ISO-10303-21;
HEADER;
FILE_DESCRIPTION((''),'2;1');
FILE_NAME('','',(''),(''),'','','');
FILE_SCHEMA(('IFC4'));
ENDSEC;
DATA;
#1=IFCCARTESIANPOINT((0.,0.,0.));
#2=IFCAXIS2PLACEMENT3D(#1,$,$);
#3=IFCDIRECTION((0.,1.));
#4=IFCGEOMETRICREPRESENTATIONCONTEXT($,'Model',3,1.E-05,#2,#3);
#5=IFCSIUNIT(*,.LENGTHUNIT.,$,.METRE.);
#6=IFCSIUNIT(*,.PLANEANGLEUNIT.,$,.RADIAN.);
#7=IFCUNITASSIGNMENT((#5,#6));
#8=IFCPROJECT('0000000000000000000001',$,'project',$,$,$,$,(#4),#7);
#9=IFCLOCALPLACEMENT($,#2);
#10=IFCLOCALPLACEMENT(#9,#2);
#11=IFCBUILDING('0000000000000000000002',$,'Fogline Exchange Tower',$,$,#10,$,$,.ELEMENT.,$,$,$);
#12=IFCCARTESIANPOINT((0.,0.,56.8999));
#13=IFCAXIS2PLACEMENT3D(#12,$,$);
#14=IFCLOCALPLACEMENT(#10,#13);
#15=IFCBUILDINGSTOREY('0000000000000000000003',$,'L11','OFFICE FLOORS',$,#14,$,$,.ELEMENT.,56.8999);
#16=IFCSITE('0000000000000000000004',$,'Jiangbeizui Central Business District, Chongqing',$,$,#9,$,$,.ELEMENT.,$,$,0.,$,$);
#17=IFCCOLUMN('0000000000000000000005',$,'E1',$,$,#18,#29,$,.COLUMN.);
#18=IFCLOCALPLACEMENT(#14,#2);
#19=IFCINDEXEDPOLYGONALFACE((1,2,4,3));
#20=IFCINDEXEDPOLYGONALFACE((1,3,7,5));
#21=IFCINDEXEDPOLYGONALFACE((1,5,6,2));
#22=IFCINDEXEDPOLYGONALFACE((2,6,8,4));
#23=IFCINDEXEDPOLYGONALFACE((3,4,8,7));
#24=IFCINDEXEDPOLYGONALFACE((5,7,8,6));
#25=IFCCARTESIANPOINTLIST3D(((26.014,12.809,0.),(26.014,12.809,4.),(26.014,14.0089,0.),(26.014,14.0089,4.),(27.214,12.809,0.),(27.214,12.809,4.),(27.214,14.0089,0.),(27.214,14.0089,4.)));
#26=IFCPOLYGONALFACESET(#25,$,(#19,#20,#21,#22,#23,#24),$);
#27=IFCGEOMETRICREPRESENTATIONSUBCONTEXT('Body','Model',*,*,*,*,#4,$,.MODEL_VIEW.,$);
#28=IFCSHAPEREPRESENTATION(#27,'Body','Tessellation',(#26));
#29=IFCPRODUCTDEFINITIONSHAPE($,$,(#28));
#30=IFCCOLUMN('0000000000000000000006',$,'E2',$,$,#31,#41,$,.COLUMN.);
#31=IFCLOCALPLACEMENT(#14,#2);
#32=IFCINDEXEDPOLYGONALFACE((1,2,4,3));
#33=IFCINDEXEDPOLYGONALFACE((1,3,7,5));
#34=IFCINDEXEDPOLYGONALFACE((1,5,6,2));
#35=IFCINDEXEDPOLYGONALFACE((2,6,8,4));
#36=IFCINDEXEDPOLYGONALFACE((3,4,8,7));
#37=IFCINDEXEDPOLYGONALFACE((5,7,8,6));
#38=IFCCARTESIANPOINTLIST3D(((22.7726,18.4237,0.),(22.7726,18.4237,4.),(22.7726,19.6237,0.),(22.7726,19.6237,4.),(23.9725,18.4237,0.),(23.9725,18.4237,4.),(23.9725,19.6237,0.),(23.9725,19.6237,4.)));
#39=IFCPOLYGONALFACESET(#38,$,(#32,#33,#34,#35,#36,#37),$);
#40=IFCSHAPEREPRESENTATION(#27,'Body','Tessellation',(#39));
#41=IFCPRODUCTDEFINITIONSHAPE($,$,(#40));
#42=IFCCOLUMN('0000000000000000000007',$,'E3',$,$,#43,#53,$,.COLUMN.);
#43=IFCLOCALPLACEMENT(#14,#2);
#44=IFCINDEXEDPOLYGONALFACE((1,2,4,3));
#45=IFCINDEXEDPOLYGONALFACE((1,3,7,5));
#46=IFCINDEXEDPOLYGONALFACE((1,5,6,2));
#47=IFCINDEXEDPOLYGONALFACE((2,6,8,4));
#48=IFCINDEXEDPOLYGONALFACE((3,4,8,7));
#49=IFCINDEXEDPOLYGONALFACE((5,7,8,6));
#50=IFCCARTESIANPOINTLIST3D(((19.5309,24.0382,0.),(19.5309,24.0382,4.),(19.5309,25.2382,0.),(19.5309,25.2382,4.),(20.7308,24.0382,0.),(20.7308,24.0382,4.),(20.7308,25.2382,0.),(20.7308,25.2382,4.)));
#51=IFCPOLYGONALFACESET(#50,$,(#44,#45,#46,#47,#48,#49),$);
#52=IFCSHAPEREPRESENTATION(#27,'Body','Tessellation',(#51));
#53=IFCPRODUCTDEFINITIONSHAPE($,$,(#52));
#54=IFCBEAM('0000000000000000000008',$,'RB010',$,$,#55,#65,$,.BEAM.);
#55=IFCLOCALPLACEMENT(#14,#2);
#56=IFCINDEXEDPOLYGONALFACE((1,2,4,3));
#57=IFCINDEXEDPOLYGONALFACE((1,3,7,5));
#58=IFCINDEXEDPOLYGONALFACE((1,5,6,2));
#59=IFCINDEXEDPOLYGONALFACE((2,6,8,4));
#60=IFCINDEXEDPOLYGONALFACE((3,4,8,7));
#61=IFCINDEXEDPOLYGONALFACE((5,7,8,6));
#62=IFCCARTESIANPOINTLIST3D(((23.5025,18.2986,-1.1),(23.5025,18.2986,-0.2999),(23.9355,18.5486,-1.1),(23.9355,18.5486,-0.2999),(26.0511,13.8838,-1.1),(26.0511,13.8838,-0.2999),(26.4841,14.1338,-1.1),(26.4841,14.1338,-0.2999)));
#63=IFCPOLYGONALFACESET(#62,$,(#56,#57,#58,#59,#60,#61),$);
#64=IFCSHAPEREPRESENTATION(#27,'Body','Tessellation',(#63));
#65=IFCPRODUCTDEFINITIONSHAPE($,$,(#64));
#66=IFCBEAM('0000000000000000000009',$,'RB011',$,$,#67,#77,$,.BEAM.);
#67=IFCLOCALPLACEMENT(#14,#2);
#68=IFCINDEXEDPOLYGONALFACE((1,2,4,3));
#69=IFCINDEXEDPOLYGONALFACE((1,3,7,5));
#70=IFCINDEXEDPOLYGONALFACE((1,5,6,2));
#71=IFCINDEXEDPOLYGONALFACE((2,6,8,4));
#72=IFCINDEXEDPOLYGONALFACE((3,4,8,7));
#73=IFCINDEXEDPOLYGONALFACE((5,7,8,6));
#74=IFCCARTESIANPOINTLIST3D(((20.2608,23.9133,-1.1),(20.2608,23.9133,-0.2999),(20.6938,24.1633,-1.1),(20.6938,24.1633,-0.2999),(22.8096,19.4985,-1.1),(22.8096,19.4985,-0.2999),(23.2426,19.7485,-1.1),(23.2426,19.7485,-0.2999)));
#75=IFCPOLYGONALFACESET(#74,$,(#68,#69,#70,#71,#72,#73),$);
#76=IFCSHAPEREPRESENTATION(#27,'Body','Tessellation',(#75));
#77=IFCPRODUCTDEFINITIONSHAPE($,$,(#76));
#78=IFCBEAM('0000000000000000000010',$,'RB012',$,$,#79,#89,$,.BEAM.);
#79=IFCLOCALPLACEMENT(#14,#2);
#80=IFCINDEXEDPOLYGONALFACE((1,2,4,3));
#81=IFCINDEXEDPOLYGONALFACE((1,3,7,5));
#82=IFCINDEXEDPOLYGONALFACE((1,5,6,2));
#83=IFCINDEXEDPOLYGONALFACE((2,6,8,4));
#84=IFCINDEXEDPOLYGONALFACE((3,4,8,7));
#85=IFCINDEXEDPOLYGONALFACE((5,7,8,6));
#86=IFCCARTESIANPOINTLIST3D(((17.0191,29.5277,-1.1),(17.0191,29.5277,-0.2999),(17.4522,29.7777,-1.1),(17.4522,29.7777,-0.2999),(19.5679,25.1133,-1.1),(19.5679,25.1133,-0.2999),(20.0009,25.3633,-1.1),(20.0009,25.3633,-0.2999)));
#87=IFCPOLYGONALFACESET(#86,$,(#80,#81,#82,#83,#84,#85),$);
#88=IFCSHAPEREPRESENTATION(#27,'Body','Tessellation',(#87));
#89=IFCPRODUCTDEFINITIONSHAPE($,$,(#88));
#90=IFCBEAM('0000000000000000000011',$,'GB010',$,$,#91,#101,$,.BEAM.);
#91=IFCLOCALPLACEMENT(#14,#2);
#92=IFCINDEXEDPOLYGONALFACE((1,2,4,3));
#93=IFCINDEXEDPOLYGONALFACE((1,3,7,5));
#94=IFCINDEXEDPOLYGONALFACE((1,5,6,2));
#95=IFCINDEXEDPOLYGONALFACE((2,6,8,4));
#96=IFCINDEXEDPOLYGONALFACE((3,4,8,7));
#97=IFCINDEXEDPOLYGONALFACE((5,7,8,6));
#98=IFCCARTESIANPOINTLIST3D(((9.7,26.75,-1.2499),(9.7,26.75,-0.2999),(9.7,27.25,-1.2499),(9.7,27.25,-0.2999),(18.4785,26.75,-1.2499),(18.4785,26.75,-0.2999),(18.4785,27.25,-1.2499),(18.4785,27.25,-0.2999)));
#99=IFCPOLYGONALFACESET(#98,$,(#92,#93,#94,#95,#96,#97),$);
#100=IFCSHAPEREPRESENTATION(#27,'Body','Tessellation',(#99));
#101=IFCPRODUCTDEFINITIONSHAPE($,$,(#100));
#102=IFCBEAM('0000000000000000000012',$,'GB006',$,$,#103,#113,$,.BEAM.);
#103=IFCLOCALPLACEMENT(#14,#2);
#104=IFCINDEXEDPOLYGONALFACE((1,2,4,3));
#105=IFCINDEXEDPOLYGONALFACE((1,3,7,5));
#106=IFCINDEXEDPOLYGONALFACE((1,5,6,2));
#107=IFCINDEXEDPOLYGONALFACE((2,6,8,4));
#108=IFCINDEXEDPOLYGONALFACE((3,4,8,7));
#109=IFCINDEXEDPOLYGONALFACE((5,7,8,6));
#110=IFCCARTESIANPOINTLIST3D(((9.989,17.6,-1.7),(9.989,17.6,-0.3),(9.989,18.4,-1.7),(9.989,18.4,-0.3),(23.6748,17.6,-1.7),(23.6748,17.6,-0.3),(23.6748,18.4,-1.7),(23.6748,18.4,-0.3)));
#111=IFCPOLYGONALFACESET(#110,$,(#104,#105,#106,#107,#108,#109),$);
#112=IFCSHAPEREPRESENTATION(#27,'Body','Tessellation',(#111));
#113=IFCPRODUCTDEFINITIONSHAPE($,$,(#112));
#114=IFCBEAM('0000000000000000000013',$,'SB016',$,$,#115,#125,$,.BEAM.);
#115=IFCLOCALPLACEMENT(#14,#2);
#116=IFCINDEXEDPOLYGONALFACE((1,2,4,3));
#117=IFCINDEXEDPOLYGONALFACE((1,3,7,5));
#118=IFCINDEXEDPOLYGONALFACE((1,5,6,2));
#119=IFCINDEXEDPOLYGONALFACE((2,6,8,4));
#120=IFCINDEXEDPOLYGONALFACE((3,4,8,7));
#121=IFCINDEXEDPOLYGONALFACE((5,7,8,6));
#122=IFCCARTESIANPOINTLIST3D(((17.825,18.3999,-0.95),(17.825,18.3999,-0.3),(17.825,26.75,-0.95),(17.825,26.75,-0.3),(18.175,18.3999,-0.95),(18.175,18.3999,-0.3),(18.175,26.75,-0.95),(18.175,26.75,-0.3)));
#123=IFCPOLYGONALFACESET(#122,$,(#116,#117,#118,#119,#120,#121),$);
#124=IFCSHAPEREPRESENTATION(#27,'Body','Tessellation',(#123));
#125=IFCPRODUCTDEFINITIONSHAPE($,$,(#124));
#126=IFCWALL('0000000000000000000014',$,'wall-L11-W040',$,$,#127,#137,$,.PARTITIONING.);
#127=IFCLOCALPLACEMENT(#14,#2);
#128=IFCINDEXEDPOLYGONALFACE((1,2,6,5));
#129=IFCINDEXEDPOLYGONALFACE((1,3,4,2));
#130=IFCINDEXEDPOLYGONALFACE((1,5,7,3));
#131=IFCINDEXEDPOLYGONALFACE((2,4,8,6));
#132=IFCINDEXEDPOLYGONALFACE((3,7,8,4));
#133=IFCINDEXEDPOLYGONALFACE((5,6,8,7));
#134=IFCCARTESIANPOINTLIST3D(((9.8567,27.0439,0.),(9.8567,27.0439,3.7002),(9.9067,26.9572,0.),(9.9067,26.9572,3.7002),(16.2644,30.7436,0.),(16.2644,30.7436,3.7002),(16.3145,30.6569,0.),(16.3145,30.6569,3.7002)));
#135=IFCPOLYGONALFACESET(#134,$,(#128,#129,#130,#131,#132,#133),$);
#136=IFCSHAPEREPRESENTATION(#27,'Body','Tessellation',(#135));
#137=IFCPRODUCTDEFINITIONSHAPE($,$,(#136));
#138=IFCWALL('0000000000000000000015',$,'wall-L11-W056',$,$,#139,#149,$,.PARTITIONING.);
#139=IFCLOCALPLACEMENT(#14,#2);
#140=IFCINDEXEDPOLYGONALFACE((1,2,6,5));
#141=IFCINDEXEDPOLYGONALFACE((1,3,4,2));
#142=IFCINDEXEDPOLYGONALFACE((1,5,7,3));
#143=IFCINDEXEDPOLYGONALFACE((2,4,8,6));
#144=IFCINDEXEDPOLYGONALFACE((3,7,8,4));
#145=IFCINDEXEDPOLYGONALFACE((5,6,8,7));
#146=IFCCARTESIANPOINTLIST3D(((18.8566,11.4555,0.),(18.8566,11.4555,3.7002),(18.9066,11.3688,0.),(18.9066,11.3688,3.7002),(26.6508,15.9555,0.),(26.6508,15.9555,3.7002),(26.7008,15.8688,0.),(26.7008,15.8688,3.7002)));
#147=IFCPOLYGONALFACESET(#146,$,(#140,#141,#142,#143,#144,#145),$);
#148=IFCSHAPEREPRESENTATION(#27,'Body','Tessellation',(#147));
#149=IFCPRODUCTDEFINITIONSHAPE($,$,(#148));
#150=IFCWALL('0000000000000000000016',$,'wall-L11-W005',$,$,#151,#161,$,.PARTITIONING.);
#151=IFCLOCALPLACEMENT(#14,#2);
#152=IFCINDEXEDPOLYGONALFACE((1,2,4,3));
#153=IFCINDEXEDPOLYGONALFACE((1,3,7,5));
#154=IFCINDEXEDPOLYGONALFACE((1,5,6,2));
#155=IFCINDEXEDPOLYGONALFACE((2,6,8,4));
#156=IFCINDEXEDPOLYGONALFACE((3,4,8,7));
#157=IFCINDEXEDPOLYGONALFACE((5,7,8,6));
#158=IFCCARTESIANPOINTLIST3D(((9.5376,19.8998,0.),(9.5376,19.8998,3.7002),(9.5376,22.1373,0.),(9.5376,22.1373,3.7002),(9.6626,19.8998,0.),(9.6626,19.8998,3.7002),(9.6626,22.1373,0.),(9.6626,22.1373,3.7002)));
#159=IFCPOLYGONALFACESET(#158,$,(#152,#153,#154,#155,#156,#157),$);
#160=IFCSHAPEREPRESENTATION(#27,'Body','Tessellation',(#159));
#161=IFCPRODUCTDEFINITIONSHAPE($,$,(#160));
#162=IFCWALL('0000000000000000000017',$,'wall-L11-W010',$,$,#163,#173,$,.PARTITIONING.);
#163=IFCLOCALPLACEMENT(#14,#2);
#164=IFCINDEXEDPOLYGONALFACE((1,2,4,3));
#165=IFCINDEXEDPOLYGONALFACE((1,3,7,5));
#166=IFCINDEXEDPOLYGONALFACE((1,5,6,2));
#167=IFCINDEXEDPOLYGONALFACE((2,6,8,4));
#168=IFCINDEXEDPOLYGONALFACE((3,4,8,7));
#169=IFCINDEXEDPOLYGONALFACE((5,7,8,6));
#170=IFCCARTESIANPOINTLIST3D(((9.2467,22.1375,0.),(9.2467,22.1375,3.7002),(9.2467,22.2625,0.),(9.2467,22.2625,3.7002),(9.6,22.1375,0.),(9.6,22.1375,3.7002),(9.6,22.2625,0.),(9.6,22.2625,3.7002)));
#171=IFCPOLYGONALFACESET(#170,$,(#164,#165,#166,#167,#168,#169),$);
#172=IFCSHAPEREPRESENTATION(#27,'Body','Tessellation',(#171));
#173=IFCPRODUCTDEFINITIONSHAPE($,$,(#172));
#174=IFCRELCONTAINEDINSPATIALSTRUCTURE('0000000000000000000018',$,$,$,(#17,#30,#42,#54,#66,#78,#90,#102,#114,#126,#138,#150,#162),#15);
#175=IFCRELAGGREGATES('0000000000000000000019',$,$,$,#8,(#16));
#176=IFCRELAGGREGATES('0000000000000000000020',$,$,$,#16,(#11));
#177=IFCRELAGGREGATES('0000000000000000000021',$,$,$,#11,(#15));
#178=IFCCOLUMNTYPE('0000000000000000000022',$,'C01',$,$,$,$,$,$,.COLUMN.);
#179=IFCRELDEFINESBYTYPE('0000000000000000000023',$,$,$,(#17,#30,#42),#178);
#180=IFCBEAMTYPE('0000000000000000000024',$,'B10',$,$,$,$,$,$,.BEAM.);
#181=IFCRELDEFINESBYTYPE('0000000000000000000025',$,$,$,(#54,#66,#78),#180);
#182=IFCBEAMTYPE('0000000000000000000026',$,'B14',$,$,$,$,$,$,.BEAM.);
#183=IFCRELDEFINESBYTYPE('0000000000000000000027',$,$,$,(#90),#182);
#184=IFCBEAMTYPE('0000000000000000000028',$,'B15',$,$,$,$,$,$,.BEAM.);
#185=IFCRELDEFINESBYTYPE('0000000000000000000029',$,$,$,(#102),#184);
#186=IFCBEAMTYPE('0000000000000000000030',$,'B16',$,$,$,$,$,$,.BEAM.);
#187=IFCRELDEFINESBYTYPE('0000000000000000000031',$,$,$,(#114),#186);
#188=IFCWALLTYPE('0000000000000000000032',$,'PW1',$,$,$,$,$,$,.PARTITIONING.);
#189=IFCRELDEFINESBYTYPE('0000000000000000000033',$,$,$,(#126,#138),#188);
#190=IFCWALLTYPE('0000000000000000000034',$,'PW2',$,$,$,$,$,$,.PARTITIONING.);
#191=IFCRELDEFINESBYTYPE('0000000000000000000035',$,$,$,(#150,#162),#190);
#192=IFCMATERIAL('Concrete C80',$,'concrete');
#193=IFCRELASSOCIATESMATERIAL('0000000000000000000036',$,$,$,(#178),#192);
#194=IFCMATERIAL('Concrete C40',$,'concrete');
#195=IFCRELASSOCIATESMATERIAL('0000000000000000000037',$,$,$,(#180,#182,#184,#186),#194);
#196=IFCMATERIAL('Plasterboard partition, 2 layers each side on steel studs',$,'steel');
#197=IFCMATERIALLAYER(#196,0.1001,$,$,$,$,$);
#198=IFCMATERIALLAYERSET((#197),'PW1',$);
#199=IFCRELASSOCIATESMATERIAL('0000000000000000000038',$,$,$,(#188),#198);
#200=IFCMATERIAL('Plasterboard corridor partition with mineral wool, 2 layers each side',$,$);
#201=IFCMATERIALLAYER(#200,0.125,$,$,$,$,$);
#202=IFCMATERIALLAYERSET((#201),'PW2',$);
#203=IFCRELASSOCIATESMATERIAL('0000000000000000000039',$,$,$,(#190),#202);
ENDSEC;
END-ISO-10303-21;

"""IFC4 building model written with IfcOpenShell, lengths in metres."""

from ifc_helpers import new_model, si_unit, direction, frame, frame_2d, origin, origin_2d, place, context, subcontext, project, spatial, rectangle, extrude, material, layer, layer_set, material_profile, profile_set, type_object, element, save


model = new_model("IFC4")

# Units and contexts
model_context = context("Model", 3, precision=1e-05, world=origin(), true_north=direction((0.0, 1.0)))
body_context = subcontext(model_context, "Body", "Model", "MODEL_VIEW")
ifc_project = project(units=[si_unit("LENGTHUNIT", "METRE"), si_unit("PLANEANGLEUNIT", "RADIAN")], contexts=[model_context])

# Site, building, storey
site_placement = place(None, origin())
site = spatial("IfcSite", under=ifc_project, at=site_placement, Name="Jiangbeizui Central Business District, Chongqing", CompositionType="ELEMENT", RefElevation=0.0)
building_placement = place(site_placement, origin())
building = spatial("IfcBuilding", under=site, at=building_placement, Name="Fogline Exchange Tower", CompositionType="ELEMENT")
storey_placement = place(building_placement, frame((0.0, 0.0, 56.8999)))
storey = spatial("IfcBuildingStorey", under=building, at=storey_placement, Name="L11", Description="OFFICE FLOORS", CompositionType="ELEMENT", Elevation=56.8999)

# Columns
ifc_material_1 = material(Name="Concrete C80", Category="concrete")
ifc_material_profile_1 = material_profile(ifc_material_1, rectangle(XDim=1.2, YDim=1.2, at=origin_2d()), Name="RC 1200x1200")
ifc_profile_set_1 = profile_set([ifc_material_profile_1], Name="Concrete C80")
column_type = type_object("IfcColumnType", Name="C01", PredefinedType="COLUMN", material=ifc_profile_set_1)
for number, where, z_axis, x_axis, name in (
    (1, (26.614, 13.4089, 0.0), (0.0, 0.0, 1.0), (1.0, 0.0, 0.0), "E1"),
    (2, (23.3726, 19.0237, 0.0), (0.0, 0.0, 1.0), (1.0, 0.0, 0.0), "E2"),
    (3, (20.1309, 24.6382, 0.0), (0.0, 0.0, 1.0), (1.0, 0.0, 0.0), "E3"),
):
    element("IfcColumn", number, at=place(storey_placement, frame(where, z_axis=z_axis, x_axis=x_axis)), inside=storey, type_object=column_type, Name=name, PredefinedType="COLUMN", context=body_context, shape_type="SweptSolid", body=[
        extrude(rectangle(XDim=1.2, YDim=1.2, at=origin_2d()), origin(), (0.0, 0.0, 1.0), 4.0),
    ])

# Beams
ifc_material_2 = material(Name="Concrete C40", Category="concrete")
ifc_material_profile_2 = material_profile(ifc_material_2, rectangle(XDim=0.5, YDim=0.8, at=origin_2d()), Name="RC 500x800")
ifc_profile_set_2 = profile_set([ifc_material_profile_2], Name="Concrete C40")
beam_type_1 = type_object("IfcBeamType", Name="B10", PredefinedType="BEAM", material=ifc_profile_set_2)
for number, where, z_axis, x_axis, name in (
    (4, (26.2676, 14.0088, -0.7), (-0.499956, 0.866051, 0.0), (-0.866051, -0.499956, 0.0), "RB010"),
    (5, (23.0261, 19.6235, -0.7), (-0.499992, 0.86603, 0.0), (-0.86603, -0.499992, 0.0), "RB011"),
):
    element("IfcBeam", number, at=place(storey_placement, frame(where, z_axis=z_axis, x_axis=x_axis)), inside=storey, type_object=beam_type_1, Name=name, PredefinedType="BEAM", context=body_context, shape_type="SweptSolid", body=[
        extrude(rectangle(XDim=0.5, YDim=0.8, at=origin_2d()), origin(), (0.0, 0.0, 1.0), 5.0977),
    ])
beam_1_placement = place(storey_placement, frame((19.7844, 25.2383, -0.7), z_axis=(-0.500013, 0.866018, 0.0), x_axis=(-0.866018, -0.500013, 0.0)))
element("IfcBeam", 6, at=beam_1_placement, inside=storey, type_object=beam_type_1, Name="RB012", PredefinedType="BEAM", context=body_context, shape_type="SweptSolid", body=[
    extrude(rectangle(XDim=0.5, YDim=0.8, at=origin_2d()), origin(), (0.0, 0.0, 1.0), 5.0974),
])
ifc_material_profile_3 = material_profile(ifc_material_2, rectangle(XDim=0.5, YDim=0.95, at=origin_2d()), Name="RC 500x950")
ifc_profile_set_3 = profile_set([ifc_material_profile_3], Name="Concrete C40")
beam_type_2 = type_object("IfcBeamType", Name="B14", PredefinedType="BEAM", material=ifc_profile_set_3)
beam_2_placement = place(storey_placement, frame((9.7, 27.0, -0.7749), z_axis=(1.0, 0.0, 0.0), x_axis=(0.0, 1.0, 0.0)))
element("IfcBeam", 7, at=beam_2_placement, inside=storey, type_object=beam_type_2, Name="GB010", PredefinedType="BEAM", context=body_context, shape_type="SweptSolid", body=[
    extrude(rectangle(XDim=0.5, YDim=0.95, at=origin_2d()), origin(), (0.0, 0.0, 1.0), 8.7786),
])
ifc_material_profile_4 = material_profile(ifc_material_2, rectangle(XDim=0.8, YDim=1.3999, at=origin_2d()), Name="RC 800x1400")
ifc_profile_set_4 = profile_set([ifc_material_profile_4], Name="Concrete C40")
beam_type_3 = type_object("IfcBeamType", Name="B15", PredefinedType="BEAM", material=ifc_profile_set_4)
beam_3_placement = place(storey_placement, frame((9.989, 18.0, -1.0), z_axis=(1.0, 0.0, 0.0), x_axis=(0.0, 1.0, 0.0)))
element("IfcBeam", 8, at=beam_3_placement, inside=storey, type_object=beam_type_3, Name="GB006", PredefinedType="BEAM", context=body_context, shape_type="SweptSolid", body=[
    extrude(rectangle(XDim=0.8, YDim=1.3999, at=origin_2d()), origin(), (0.0, 0.0, 1.0), 13.6858),
])
ifc_material_profile_5 = material_profile(ifc_material_2, rectangle(XDim=0.3501, YDim=0.6499, at=origin_2d()), Name="RC 350x650")
ifc_profile_set_5 = profile_set([ifc_material_profile_5], Name="Concrete C40")
beam_type_4 = type_object("IfcBeamType", Name="B16", PredefinedType="BEAM", material=ifc_profile_set_5)
beam_4_placement = place(storey_placement, frame((18.0, 18.3999, -0.625), z_axis=(0.0, 1.0, 0.0), x_axis=(-1.0, 0.0, 0.0)))
element("IfcBeam", 9, at=beam_4_placement, inside=storey, type_object=beam_type_4, Name="SB016", PredefinedType="BEAM", context=body_context, shape_type="SweptSolid", body=[
    extrude(rectangle(XDim=0.3501, YDim=0.6499, at=origin_2d()), origin(), (0.0, 0.0, 1.0), 8.3501),
])

# Walls
ifc_material_3 = material(Name="Plasterboard partition, 2 layers each side on steel studs", Category="steel")
ifc_layer_1 = layer(ifc_material_3, 0.1001)
ifc_layer_set_1 = layer_set([ifc_layer_1], Name="PW1")
wall_type_1 = type_object("IfcWallType", Name="PW1", PredefinedType="PARTITIONING", material=ifc_layer_set_1)
wall_1_placement = place(storey_placement, frame((9.8816, 27.0005, 0.0), z_axis=(0.0, 0.0, 1.0), x_axis=(0.866013, 0.500021, 0.0)))
element("IfcWall", 10, at=wall_1_placement, inside=storey, type_object=wall_type_1, Name="wall-L11-W040", PredefinedType="PARTITIONING", context=body_context, shape_type="SweptSolid", body=[
    extrude(rectangle(XDim=7.3992, YDim=0.1001, at=frame_2d((3.6997, 0.0))), origin(), (0.0, 0.0, 1.0), 3.7002),
])
wall_2_placement = place(storey_placement, frame((18.8816, 11.4121, 0.0), z_axis=(0.0, 0.0, 1.0), x_axis=(0.866024, 0.500002, 0.0)))
element("IfcWall", 11, at=wall_2_placement, inside=storey, type_object=wall_type_1, Name="wall-L11-W056", PredefinedType="PARTITIONING", context=body_context, shape_type="SweptSolid", body=[
    extrude(rectangle(XDim=9.0, YDim=0.1001, at=frame_2d((4.5, 0.0))), origin(), (0.0, 0.0, 1.0), 3.7002),
])
ifc_material_4 = material(Name="Plasterboard corridor partition with mineral wool, 2 layers each side")
ifc_layer_2 = layer(ifc_material_4, 0.125)
ifc_layer_set_2 = layer_set([ifc_layer_2], Name="PW2")
wall_type_2 = type_object("IfcWallType", Name="PW2", PredefinedType="PARTITIONING", material=ifc_layer_set_2)
wall_3_placement = place(storey_placement, frame((9.6001, 19.8999, 0.0), z_axis=(0.0, 0.0, 1.0), x_axis=(0.0, 1.0, 0.0)))
element("IfcWall", 12, at=wall_3_placement, inside=storey, type_object=wall_type_2, Name="wall-L11-W005", PredefinedType="PARTITIONING", context=body_context, shape_type="SweptSolid", body=[
    extrude(rectangle(XDim=2.2375, YDim=0.125, at=frame_2d((1.1187, 0.0))), origin(), (0.0, 0.0, 1.0), 3.7002),
])
wall_4_placement = place(storey_placement, frame((9.6001, 22.2, 0.0), z_axis=(0.0, 0.0, 1.0), x_axis=(-1.0, 0.0, 0.0)))
element("IfcWall", 13, at=wall_4_placement, inside=storey, type_object=wall_type_2, Name="wall-L11-W010", PredefinedType="PARTITIONING", context=body_context, shape_type="SweptSolid", body=[
    extrude(rectangle(XDim=0.3533, YDim=0.125, at=frame_2d((0.1768, 0.0))), origin(), (0.0, 0.0, 1.0), 3.7002),
])

save(model, "model.ifc")
